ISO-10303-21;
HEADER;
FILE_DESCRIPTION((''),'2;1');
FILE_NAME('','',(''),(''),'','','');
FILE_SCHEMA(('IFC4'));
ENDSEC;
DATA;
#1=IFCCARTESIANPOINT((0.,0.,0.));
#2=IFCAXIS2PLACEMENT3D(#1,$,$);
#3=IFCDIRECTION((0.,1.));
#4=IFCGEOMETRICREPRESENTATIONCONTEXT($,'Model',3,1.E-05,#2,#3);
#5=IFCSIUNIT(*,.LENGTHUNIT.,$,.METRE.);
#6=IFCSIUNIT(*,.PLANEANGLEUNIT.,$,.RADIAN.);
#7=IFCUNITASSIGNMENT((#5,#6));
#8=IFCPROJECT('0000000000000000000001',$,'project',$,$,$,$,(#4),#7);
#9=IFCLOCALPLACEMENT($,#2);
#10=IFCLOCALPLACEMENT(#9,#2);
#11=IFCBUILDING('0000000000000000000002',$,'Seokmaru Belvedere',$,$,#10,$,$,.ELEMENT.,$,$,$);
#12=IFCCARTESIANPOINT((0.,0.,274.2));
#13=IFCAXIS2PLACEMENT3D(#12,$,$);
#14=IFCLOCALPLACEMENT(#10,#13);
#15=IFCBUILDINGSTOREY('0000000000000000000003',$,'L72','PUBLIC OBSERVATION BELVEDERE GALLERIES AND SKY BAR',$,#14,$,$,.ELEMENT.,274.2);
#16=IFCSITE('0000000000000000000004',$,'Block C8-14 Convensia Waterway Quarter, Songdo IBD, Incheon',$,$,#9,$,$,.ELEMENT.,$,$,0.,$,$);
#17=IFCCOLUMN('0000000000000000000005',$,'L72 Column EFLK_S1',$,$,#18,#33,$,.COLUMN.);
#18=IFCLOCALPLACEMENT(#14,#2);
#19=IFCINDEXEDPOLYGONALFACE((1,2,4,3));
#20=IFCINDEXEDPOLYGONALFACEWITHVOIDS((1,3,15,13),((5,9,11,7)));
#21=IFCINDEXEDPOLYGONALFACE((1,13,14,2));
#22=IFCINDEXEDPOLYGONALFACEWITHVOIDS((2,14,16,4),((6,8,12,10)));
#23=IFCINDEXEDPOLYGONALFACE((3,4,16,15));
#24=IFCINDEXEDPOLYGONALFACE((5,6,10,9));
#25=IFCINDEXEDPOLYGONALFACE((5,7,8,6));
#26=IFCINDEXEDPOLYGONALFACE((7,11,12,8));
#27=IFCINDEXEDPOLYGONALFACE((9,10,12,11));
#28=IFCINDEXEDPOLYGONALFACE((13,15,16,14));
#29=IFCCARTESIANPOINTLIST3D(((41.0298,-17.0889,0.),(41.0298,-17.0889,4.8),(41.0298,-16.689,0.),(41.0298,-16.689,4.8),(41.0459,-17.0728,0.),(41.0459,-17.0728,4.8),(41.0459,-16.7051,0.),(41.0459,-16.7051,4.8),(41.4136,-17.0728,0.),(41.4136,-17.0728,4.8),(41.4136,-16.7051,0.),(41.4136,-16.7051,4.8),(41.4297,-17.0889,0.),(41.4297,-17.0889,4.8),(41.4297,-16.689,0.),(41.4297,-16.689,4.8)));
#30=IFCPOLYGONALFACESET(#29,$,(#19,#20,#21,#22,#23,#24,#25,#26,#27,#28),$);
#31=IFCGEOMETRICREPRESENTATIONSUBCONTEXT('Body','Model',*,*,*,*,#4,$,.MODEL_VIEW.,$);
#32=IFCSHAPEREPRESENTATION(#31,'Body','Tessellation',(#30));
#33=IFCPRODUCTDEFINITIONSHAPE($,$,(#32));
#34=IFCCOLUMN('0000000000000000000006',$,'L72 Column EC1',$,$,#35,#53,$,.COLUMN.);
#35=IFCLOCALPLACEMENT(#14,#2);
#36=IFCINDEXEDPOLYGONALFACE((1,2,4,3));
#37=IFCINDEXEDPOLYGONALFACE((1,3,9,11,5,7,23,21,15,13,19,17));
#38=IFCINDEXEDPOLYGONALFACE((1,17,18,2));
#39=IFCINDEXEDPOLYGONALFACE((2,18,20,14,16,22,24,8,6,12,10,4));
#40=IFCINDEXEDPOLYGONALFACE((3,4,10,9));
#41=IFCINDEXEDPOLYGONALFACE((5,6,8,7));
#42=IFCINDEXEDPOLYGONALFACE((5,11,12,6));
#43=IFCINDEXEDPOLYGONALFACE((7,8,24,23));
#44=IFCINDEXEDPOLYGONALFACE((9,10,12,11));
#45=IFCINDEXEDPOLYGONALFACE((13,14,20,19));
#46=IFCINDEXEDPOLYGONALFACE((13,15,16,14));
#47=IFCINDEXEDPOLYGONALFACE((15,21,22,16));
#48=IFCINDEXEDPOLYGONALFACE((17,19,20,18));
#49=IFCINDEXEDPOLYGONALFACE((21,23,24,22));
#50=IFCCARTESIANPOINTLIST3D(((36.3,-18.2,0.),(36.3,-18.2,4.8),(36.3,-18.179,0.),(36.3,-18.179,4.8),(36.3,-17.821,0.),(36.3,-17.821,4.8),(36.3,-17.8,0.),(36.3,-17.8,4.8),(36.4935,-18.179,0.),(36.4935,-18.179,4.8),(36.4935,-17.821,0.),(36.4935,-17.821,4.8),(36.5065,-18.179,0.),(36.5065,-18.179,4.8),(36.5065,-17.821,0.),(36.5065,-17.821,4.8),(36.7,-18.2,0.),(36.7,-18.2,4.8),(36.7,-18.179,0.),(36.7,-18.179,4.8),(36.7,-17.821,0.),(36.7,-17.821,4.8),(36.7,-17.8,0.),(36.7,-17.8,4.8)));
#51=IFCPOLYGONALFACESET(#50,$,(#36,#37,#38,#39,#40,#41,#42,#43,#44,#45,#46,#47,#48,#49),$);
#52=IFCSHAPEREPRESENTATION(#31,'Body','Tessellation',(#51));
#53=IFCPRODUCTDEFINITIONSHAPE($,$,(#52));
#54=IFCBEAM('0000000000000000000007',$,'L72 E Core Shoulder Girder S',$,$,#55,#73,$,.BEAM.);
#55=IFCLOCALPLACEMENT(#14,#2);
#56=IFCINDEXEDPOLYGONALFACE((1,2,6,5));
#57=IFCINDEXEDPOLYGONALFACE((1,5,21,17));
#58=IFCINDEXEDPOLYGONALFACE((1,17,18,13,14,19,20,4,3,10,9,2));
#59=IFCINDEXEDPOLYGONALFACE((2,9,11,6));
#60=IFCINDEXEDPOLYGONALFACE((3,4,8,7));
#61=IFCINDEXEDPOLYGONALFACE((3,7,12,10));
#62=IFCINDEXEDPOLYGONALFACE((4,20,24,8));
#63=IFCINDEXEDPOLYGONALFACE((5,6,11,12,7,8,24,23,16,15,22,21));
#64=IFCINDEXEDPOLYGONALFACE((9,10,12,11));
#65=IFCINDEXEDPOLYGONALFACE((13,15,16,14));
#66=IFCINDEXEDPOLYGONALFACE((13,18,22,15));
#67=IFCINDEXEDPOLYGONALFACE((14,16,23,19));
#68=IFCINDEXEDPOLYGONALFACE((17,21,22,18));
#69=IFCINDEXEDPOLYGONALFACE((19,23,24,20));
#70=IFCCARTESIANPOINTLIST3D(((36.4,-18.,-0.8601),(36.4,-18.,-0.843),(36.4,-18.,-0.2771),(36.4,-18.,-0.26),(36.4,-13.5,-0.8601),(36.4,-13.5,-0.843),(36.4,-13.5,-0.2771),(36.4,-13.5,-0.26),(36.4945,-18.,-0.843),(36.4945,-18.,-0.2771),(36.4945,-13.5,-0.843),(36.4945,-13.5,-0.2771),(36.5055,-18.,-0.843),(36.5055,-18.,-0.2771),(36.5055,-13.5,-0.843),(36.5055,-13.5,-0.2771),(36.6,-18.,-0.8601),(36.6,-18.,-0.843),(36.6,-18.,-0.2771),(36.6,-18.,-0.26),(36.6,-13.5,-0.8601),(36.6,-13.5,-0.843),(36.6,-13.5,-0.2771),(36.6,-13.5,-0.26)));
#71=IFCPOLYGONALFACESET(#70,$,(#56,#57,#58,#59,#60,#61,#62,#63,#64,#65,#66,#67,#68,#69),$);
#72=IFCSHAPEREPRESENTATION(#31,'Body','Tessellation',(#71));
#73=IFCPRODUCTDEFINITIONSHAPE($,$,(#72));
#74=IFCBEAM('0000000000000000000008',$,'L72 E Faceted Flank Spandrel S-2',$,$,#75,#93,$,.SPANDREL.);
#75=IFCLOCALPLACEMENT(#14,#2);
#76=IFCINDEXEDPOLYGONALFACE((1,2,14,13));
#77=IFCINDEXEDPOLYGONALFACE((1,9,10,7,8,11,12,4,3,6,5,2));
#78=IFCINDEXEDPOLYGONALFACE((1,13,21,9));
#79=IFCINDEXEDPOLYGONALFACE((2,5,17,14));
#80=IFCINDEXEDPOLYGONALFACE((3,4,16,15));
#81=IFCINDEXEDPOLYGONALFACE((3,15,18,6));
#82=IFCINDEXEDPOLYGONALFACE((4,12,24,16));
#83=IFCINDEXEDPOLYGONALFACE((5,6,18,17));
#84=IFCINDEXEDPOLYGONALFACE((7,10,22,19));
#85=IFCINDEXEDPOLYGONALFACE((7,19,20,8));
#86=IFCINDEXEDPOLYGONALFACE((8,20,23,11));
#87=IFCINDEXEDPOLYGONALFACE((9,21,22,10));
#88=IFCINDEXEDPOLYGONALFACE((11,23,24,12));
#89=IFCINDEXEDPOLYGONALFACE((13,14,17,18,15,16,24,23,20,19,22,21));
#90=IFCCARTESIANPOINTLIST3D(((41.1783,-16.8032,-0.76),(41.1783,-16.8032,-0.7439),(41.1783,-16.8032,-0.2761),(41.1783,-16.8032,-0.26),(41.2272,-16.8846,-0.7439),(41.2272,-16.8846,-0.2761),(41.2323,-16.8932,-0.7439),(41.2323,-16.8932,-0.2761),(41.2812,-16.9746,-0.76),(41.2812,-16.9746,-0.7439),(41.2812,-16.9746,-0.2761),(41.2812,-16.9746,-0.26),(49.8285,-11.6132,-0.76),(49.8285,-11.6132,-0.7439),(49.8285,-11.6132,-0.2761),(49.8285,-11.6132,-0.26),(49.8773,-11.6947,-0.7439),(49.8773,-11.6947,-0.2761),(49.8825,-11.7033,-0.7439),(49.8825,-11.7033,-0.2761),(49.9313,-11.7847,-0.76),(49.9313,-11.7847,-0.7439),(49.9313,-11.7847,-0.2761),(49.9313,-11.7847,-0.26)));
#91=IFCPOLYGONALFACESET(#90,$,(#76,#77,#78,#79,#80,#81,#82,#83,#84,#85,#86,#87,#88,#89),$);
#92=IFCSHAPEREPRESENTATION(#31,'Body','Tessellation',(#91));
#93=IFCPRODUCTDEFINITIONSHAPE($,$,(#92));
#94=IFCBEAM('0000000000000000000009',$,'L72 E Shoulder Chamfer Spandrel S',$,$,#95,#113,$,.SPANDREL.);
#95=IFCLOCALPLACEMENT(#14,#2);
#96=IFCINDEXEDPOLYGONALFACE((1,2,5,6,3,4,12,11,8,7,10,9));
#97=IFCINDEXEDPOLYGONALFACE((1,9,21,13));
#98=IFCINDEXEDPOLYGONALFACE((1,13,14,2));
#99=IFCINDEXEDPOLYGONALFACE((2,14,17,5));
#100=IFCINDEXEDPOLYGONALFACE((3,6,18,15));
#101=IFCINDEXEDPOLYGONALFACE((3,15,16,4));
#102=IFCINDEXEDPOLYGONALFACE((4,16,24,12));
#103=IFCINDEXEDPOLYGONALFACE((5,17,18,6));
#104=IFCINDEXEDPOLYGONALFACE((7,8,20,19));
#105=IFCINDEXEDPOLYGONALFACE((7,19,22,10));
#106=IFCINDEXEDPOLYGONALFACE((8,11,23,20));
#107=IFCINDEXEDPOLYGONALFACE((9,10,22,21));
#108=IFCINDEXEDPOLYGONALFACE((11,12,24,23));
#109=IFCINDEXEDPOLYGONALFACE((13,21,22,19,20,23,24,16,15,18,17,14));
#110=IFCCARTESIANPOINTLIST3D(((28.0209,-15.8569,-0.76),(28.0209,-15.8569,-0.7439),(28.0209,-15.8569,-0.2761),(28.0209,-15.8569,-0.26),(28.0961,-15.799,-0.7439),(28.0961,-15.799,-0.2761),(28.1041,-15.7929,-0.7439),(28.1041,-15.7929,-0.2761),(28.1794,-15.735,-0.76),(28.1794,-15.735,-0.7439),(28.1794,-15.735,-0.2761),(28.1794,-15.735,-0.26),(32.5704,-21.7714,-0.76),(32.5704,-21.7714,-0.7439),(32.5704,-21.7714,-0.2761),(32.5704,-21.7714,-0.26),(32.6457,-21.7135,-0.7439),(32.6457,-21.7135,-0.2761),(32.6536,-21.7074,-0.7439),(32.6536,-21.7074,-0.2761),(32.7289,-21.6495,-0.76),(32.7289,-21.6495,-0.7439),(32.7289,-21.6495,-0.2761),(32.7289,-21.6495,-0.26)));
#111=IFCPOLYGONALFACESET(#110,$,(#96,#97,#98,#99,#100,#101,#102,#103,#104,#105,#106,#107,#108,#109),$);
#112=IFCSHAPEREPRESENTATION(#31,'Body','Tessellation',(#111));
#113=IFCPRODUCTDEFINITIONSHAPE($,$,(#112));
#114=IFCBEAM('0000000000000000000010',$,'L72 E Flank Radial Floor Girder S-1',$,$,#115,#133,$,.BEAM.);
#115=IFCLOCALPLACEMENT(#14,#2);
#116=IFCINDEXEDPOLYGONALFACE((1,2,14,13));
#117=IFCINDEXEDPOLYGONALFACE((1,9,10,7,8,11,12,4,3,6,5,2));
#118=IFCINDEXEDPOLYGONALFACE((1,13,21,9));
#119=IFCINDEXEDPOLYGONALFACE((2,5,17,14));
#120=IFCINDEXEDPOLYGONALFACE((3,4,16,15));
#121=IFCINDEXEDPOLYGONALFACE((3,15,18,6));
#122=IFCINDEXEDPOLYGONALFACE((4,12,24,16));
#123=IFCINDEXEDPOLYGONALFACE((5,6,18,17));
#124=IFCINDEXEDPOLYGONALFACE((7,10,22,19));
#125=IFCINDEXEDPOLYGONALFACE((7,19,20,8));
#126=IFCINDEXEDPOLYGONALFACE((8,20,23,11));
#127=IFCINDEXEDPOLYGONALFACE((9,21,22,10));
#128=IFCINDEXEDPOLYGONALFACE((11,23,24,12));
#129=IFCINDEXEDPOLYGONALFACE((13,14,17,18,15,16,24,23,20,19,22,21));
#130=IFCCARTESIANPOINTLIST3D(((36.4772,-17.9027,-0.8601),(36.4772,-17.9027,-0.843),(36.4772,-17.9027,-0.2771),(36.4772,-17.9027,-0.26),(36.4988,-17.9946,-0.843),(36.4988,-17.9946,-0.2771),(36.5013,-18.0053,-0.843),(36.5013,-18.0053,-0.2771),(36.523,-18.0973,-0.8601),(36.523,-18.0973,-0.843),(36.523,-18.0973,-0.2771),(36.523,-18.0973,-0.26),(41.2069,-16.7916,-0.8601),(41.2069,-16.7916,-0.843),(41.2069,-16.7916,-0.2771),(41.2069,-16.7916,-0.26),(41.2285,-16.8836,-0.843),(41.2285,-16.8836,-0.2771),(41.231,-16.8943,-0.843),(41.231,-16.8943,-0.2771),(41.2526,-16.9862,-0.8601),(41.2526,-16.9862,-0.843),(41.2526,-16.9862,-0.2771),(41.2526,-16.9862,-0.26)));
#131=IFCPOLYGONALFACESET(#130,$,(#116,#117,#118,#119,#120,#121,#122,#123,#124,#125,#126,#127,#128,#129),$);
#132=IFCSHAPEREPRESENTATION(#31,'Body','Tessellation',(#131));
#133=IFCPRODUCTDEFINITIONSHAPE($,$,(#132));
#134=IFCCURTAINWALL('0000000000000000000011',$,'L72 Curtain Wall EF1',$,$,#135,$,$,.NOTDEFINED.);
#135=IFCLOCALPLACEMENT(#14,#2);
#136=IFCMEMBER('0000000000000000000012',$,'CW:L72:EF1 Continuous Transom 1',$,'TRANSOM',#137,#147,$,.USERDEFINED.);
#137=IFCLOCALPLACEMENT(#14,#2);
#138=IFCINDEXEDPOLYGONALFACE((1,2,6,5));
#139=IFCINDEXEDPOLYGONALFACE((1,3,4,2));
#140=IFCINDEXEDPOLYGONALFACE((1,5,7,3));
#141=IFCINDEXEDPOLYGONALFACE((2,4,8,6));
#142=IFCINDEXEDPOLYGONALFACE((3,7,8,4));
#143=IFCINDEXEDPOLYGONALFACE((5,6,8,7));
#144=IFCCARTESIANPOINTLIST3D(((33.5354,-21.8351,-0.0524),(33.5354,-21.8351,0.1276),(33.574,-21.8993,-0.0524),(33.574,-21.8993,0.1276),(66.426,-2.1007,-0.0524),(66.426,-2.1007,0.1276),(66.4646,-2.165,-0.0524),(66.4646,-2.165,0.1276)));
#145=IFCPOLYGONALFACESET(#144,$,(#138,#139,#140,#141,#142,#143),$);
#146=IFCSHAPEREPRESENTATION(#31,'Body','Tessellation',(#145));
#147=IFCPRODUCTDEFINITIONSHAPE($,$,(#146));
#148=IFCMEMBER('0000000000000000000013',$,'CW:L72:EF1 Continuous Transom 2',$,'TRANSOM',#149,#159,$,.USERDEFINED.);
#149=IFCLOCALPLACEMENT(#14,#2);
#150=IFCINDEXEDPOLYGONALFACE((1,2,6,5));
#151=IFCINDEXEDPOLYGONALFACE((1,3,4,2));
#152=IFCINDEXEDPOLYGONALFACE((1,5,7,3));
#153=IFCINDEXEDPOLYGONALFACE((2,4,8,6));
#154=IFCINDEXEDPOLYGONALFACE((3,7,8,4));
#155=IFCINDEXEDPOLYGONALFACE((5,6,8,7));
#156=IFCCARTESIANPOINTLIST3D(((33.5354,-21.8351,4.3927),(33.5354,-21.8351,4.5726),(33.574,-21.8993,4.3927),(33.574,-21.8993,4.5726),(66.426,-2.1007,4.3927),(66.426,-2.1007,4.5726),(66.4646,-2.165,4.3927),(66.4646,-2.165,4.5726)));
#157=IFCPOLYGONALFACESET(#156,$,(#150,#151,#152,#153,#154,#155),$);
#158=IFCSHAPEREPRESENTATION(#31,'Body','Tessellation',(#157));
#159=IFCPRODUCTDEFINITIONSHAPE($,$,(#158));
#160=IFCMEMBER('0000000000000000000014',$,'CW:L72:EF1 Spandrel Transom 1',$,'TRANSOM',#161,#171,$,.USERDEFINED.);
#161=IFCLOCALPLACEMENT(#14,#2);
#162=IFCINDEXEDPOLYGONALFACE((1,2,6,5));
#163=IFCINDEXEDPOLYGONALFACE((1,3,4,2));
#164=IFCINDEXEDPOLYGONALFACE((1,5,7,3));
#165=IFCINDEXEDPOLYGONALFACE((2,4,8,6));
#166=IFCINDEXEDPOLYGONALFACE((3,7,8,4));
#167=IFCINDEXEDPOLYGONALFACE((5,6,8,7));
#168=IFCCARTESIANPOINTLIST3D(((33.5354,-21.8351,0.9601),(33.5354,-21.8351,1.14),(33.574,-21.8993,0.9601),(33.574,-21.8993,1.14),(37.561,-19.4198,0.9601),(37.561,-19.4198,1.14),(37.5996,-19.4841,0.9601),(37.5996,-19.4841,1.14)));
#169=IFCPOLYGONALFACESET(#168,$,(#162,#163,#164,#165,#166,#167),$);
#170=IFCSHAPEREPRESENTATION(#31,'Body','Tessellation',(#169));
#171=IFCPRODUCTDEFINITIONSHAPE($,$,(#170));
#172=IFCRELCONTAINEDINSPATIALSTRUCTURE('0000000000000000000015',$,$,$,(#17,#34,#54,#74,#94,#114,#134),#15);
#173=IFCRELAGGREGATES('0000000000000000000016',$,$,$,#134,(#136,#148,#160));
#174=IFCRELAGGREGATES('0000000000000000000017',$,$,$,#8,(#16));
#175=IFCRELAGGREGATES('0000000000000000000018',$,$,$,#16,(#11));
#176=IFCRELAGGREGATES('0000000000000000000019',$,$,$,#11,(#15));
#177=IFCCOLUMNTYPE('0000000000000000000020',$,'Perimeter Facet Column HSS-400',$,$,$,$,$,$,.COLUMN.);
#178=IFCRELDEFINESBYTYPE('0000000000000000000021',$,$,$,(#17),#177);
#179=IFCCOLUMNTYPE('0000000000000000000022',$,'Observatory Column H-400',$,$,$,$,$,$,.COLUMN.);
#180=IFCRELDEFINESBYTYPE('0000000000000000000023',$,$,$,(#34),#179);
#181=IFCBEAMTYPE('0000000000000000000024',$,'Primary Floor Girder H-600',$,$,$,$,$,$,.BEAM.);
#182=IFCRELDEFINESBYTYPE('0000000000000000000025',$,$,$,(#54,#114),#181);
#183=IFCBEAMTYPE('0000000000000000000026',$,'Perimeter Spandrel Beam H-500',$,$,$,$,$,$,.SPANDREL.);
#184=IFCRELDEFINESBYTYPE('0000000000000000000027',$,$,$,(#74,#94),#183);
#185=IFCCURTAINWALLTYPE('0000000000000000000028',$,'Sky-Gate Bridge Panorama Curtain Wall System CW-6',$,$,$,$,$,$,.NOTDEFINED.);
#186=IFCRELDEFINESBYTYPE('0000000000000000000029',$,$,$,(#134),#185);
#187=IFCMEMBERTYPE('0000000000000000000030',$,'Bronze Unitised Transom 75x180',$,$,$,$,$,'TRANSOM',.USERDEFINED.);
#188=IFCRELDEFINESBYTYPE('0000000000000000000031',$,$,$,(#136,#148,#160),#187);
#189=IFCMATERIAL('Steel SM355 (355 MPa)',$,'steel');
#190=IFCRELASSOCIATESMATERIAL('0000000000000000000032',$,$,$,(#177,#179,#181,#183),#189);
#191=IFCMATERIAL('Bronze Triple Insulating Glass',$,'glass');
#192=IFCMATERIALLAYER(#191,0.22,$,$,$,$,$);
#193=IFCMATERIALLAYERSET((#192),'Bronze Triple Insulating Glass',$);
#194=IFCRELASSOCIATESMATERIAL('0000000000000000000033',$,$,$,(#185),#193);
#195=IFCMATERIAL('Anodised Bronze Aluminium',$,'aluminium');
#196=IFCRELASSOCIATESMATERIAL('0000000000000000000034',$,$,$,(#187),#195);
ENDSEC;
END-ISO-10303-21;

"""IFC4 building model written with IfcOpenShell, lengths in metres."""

from ifc_helpers import new_model, si_unit, direction, frame, origin, origin_2d, place, context, subcontext, project, spatial, rectangle, hollow_rectangle, i_section, extrude, source, transform, mapped, material, layer, layer_set, material_profile, profile_set, type_object, type_shapes, element, aggregate, save


model = new_model("IFC4")

# Units and contexts
model_context = context("Model", 3, precision=1e-05, world=origin(), true_north=direction((0.0, 1.0)))
body_context = subcontext(model_context, "Body", "Model", "MODEL_VIEW")
ifc_project = project(units=[si_unit("LENGTHUNIT", "METRE"), si_unit("PLANEANGLEUNIT", "RADIAN")], contexts=[model_context])

# Site, building, storey
site_placement = place(None, origin())
site = spatial("IfcSite", under=ifc_project, at=site_placement, Name="Block C8-14 Convensia Waterway Quarter, Songdo IBD, Incheon", CompositionType="ELEMENT", RefElevation=0.0)
building_placement = place(site_placement, origin())
building = spatial("IfcBuilding", under=site, at=building_placement, Name="Seokmaru Belvedere", CompositionType="ELEMENT")
storey_placement = place(building_placement, frame((0.0, 0.0, 274.2)))
storey = spatial("IfcBuildingStorey", under=building, at=storey_placement, Name="L72", Description="PUBLIC OBSERVATION BELVEDERE GALLERIES AND SKY BAR", CompositionType="ELEMENT", Elevation=274.2)

# Columns
ifc_material_1 = material(Name="Steel SM355 (355 MPa)", Category="steel")
ifc_material_profile_1 = material_profile(ifc_material_1, hollow_rectangle(XDim=0.3999, YDim=0.3999, WallThickness=0.0161, at=origin_2d()), Name="HSS-400x400x16")
ifc_profile_set_1 = profile_set([ifc_material_profile_1], Name="Steel SM355 (355 MPa)")
column_type_1 = type_object("IfcColumnType", Name="Perimeter Facet Column HSS-400", PredefinedType="COLUMN", material=ifc_profile_set_1)
shared_shape_1 = source(origin(), body_context, "Body", "SweptSolid", [
    extrude(hollow_rectangle(XDim=0.3999, YDim=0.3999, WallThickness=0.0161, at=origin_2d()), origin(), (0.0, 0.0, 1.0), 4.8),
])
type_shapes(column_type_1, [shared_shape_1])
column_1_placement = place(storey_placement, frame((41.2297, -16.8889, 0.0), z_axis=(0.0, 0.0, 1.0), x_axis=(1.0, 0.0, 0.0)))
element("IfcColumn", 1, at=column_1_placement, inside=storey, type_object=column_type_1, Name="L72 Column EFLK_S1", PredefinedType="COLUMN", context=body_context, shape_type="MappedRepresentation", body=[
    mapped(shared_shape_1, transform((0.0, 0.0, 0.0), scale=1.0)),
])
ifc_material_profile_2 = material_profile(ifc_material_1, i_section(OverallWidth=0.3999, OverallDepth=0.3999, WebThickness=0.0129, FlangeThickness=0.021, at=origin_2d()), Name="H-400x400x13x21")
ifc_profile_set_2 = profile_set([ifc_material_profile_2], Name="Steel SM355 (355 MPa)")
column_type_2 = type_object("IfcColumnType", Name="Observatory Column H-400", PredefinedType="COLUMN", material=ifc_profile_set_2)
shared_shape_2 = source(origin(), body_context, "Body", "SweptSolid", [
    extrude(i_section(OverallWidth=0.3999, OverallDepth=0.3999, WebThickness=0.0129, FlangeThickness=0.021, at=origin_2d()), origin(), (0.0, 0.0, 1.0), 4.8),
])
type_shapes(column_type_2, [shared_shape_2])
column_2_placement = place(storey_placement, frame((36.5, -18.0, 0.0), z_axis=(0.0, 0.0, 1.0), x_axis=(1.0, 0.0, 0.0)))
element("IfcColumn", 2, at=column_2_placement, inside=storey, type_object=column_type_2, Name="L72 Column EC1", PredefinedType="COLUMN", context=body_context, shape_type="MappedRepresentation", body=[
    mapped(shared_shape_2, transform((0.0, 0.0, 0.0), scale=1.0)),
])

# Beams
ifc_material_profile_3 = material_profile(ifc_material_1, i_section(OverallWidth=0.2, OverallDepth=0.6001, WebThickness=0.011, FlangeThickness=0.0171, at=origin_2d()), Name="H-600x200x11x17")
ifc_profile_set_3 = profile_set([ifc_material_profile_3], Name="Steel SM355 (355 MPa)")
beam_type_1 = type_object("IfcBeamType", Name="Primary Floor Girder H-600", PredefinedType="BEAM", material=ifc_profile_set_3)
shared_shape_3 = source(origin(), body_context, "Body", "SweptSolid", [
    extrude(i_section(OverallWidth=0.2, OverallDepth=0.6001, WebThickness=0.011, FlangeThickness=0.0171, at=origin_2d()), origin(), (0.0, 0.0, 1.0), 4.5),
])
beam_1_placement = place(storey_placement, frame((36.5, -18.0, -0.5601), z_axis=(0.0, 1.0, 0.0), x_axis=(-1.0, 0.0, 0.0)))
element("IfcBeam", 3, at=beam_1_placement, inside=storey, type_object=beam_type_1, Name="L72 E Core Shoulder Girder S", PredefinedType="BEAM", context=body_context, shape_type="MappedRepresentation", body=[
    mapped(shared_shape_3, transform((0.0, 0.0, 0.0), scale=1.0)),
])
ifc_material_profile_4 = material_profile(ifc_material_1, i_section(OverallWidth=0.2, OverallDepth=0.5, WebThickness=0.01, FlangeThickness=0.0161, at=origin_2d()), Name="H-500x200x10x16")
ifc_profile_set_4 = profile_set([ifc_material_profile_4], Name="Steel SM355 (355 MPa)")
beam_type_2 = type_object("IfcBeamType", Name="Perimeter Spandrel Beam H-500", PredefinedType="SPANDREL", material=ifc_profile_set_4)
shared_shape_4 = source(origin(), body_context, "Body", "SweptSolid", [
    extrude(i_section(OverallWidth=0.2, OverallDepth=0.5, WebThickness=0.01, FlangeThickness=0.0161, at=origin_2d()), origin(), (0.0, 0.0, 1.0), 10.0876),
])
beam_2_placement = place(storey_placement, frame((41.2297, -16.8889, -0.51), z_axis=(0.857499, 0.514485, 0.0), x_axis=(-0.514485, 0.857499, 0.0)))
element("IfcBeam", 4, at=beam_2_placement, inside=storey, type_object=beam_type_2, Name="L72 E Faceted Flank Spandrel S-2", PredefinedType="SPANDREL", context=body_context, shape_type="MappedRepresentation", body=[
    mapped(shared_shape_4, transform((0.0, 0.0, 0.0), scale=1.0)),
])
shared_shape_5 = source(origin(), body_context, "Body", "SweptSolid", [
    extrude(i_section(OverallWidth=0.2, OverallDepth=0.5, WebThickness=0.01, FlangeThickness=0.0161, at=origin_2d()), origin(), (0.0, 0.0, 1.0), 7.4619),
])
type_shapes(beam_type_2, [shared_shape_4, shared_shape_5])
beam_3_placement = place(storey_placement, frame((32.6497, -21.7104, -0.51), z_axis=(-0.609703, 0.79263, 0.0), x_axis=(-0.79263, -0.609703, 0.0)))
element("IfcBeam", 5, at=beam_3_placement, inside=storey, type_object=beam_type_2, Name="L72 E Shoulder Chamfer Spandrel S", PredefinedType="SPANDREL", context=body_context, shape_type="MappedRepresentation", body=[
    mapped(shared_shape_5, transform((0.0, 0.0, 0.0), scale=1.0)),
])
shared_shape_6 = source(origin(), body_context, "Body", "SweptSolid", [
    extrude(i_section(OverallWidth=0.2, OverallDepth=0.6001, WebThickness=0.011, FlangeThickness=0.0171, at=origin_2d()), origin(), (0.0, 0.0, 1.0), 4.8584),
])
type_shapes(beam_type_1, [shared_shape_3, shared_shape_6])
beam_4_placement = place(storey_placement, frame((41.2297, -16.8889, -0.5601), z_axis=(-0.973499, -0.228689, 0.0), x_axis=(0.228689, -0.973499, 0.0)))
element("IfcBeam", 6, at=beam_4_placement, inside=storey, type_object=beam_type_1, Name="L72 E Flank Radial Floor Girder S-1", PredefinedType="BEAM", context=body_context, shape_type="MappedRepresentation", body=[
    mapped(shared_shape_6, transform((0.0, 0.0, 0.0), scale=1.0)),
])

# Curtain wall, members
ifc_material_2 = material(Name="Bronze Triple Insulating Glass", Category="glass")
ifc_layer_1 = layer(ifc_material_2, 0.22)
ifc_layer_set_1 = layer_set([ifc_layer_1], Name="Bronze Triple Insulating Glass")
curtain_wall_type = type_object("IfcCurtainWallType", Name="Sky-Gate Bridge Panorama Curtain Wall System CW-6", PredefinedType="NOTDEFINED", material=ifc_layer_set_1)
curtain_wall_placement = place(storey_placement, origin())
curtain_wall = element("IfcCurtainWall", 7, at=curtain_wall_placement, inside=storey, type_object=curtain_wall_type, Name="L72 Curtain Wall EF1", PredefinedType="NOTDEFINED")
ifc_material_3 = material(Name="Anodised Bronze Aluminium", Category="aluminium")
ifc_material_profile_5 = material_profile(ifc_material_3, rectangle(XDim=0.075, YDim=0.1799, at=origin_2d()), Name="CW-T-75x180")
ifc_profile_set_5 = profile_set([ifc_material_profile_5], Name="Anodised Bronze Aluminium")
member_type_1 = type_object("IfcMemberType", Name="Bronze Unitised Transom 75x180", ElementType="TRANSOM", PredefinedType="USERDEFINED", material=ifc_profile_set_5)
shared_shape_7 = source(origin(), body_context, "Body", "SweptSolid", [
    extrude(rectangle(XDim=0.075, YDim=0.1799, at=origin_2d()), origin(), (0.0, 0.0, 1.0), 38.3567),
])
member_1_placement = place(storey_placement, frame((33.5547, -21.8672, 0.0376), z_axis=(0.857493, 0.514496, 0.0), x_axis=(-0.514496, 0.857493, 0.0)))
member_1 = element("IfcMember", 8, at=member_1_placement, type_object=member_type_1, Name="CW:L72:EF1 Continuous Transom 1", ObjectType="TRANSOM", PredefinedType="USERDEFINED", context=body_context, shape_type="MappedRepresentation", body=[
    mapped(shared_shape_7, transform((0.0, 0.0, 0.0), scale=1.0)),
])
member_2_placement = place(storey_placement, frame((33.5547, -21.8672, 4.4827), z_axis=(0.857493, 0.514496, 0.0), x_axis=(-0.514496, 0.857493, 0.0)))
member_2 = element("IfcMember", 9, at=member_2_placement, type_object=member_type_1, Name="CW:L72:EF1 Continuous Transom 2", ObjectType="TRANSOM", PredefinedType="USERDEFINED", context=body_context, shape_type="MappedRepresentation", body=[
    mapped(shared_shape_7, transform((0.0, 0.0, 0.0), scale=1.0)),
])
shared_shape_8 = source(origin(), body_context, "Body", "SweptSolid", [
    extrude(rectangle(XDim=0.075, YDim=0.1799, at=origin_2d()), origin(), (0.0, 0.0, 1.0), 4.6946),
])
member_3_placement = place(storey_placement, frame((33.5547, -21.8672, 1.05), z_axis=(0.857502, 0.51448, 0.0), x_axis=(-0.51448, 0.857502, 0.0)))
member_3 = element("IfcMember", 10, at=member_3_placement, type_object=member_type_1, Name="CW:L72:EF1 Spandrel Transom 1", ObjectType="TRANSOM", PredefinedType="USERDEFINED", context=body_context, shape_type="MappedRepresentation", body=[
    mapped(shared_shape_8, transform((0.0, 0.0, 0.0), scale=1.0)),
])
aggregate(curtain_wall, [member_1, member_2, member_3])

save(model, "model.ifc")
